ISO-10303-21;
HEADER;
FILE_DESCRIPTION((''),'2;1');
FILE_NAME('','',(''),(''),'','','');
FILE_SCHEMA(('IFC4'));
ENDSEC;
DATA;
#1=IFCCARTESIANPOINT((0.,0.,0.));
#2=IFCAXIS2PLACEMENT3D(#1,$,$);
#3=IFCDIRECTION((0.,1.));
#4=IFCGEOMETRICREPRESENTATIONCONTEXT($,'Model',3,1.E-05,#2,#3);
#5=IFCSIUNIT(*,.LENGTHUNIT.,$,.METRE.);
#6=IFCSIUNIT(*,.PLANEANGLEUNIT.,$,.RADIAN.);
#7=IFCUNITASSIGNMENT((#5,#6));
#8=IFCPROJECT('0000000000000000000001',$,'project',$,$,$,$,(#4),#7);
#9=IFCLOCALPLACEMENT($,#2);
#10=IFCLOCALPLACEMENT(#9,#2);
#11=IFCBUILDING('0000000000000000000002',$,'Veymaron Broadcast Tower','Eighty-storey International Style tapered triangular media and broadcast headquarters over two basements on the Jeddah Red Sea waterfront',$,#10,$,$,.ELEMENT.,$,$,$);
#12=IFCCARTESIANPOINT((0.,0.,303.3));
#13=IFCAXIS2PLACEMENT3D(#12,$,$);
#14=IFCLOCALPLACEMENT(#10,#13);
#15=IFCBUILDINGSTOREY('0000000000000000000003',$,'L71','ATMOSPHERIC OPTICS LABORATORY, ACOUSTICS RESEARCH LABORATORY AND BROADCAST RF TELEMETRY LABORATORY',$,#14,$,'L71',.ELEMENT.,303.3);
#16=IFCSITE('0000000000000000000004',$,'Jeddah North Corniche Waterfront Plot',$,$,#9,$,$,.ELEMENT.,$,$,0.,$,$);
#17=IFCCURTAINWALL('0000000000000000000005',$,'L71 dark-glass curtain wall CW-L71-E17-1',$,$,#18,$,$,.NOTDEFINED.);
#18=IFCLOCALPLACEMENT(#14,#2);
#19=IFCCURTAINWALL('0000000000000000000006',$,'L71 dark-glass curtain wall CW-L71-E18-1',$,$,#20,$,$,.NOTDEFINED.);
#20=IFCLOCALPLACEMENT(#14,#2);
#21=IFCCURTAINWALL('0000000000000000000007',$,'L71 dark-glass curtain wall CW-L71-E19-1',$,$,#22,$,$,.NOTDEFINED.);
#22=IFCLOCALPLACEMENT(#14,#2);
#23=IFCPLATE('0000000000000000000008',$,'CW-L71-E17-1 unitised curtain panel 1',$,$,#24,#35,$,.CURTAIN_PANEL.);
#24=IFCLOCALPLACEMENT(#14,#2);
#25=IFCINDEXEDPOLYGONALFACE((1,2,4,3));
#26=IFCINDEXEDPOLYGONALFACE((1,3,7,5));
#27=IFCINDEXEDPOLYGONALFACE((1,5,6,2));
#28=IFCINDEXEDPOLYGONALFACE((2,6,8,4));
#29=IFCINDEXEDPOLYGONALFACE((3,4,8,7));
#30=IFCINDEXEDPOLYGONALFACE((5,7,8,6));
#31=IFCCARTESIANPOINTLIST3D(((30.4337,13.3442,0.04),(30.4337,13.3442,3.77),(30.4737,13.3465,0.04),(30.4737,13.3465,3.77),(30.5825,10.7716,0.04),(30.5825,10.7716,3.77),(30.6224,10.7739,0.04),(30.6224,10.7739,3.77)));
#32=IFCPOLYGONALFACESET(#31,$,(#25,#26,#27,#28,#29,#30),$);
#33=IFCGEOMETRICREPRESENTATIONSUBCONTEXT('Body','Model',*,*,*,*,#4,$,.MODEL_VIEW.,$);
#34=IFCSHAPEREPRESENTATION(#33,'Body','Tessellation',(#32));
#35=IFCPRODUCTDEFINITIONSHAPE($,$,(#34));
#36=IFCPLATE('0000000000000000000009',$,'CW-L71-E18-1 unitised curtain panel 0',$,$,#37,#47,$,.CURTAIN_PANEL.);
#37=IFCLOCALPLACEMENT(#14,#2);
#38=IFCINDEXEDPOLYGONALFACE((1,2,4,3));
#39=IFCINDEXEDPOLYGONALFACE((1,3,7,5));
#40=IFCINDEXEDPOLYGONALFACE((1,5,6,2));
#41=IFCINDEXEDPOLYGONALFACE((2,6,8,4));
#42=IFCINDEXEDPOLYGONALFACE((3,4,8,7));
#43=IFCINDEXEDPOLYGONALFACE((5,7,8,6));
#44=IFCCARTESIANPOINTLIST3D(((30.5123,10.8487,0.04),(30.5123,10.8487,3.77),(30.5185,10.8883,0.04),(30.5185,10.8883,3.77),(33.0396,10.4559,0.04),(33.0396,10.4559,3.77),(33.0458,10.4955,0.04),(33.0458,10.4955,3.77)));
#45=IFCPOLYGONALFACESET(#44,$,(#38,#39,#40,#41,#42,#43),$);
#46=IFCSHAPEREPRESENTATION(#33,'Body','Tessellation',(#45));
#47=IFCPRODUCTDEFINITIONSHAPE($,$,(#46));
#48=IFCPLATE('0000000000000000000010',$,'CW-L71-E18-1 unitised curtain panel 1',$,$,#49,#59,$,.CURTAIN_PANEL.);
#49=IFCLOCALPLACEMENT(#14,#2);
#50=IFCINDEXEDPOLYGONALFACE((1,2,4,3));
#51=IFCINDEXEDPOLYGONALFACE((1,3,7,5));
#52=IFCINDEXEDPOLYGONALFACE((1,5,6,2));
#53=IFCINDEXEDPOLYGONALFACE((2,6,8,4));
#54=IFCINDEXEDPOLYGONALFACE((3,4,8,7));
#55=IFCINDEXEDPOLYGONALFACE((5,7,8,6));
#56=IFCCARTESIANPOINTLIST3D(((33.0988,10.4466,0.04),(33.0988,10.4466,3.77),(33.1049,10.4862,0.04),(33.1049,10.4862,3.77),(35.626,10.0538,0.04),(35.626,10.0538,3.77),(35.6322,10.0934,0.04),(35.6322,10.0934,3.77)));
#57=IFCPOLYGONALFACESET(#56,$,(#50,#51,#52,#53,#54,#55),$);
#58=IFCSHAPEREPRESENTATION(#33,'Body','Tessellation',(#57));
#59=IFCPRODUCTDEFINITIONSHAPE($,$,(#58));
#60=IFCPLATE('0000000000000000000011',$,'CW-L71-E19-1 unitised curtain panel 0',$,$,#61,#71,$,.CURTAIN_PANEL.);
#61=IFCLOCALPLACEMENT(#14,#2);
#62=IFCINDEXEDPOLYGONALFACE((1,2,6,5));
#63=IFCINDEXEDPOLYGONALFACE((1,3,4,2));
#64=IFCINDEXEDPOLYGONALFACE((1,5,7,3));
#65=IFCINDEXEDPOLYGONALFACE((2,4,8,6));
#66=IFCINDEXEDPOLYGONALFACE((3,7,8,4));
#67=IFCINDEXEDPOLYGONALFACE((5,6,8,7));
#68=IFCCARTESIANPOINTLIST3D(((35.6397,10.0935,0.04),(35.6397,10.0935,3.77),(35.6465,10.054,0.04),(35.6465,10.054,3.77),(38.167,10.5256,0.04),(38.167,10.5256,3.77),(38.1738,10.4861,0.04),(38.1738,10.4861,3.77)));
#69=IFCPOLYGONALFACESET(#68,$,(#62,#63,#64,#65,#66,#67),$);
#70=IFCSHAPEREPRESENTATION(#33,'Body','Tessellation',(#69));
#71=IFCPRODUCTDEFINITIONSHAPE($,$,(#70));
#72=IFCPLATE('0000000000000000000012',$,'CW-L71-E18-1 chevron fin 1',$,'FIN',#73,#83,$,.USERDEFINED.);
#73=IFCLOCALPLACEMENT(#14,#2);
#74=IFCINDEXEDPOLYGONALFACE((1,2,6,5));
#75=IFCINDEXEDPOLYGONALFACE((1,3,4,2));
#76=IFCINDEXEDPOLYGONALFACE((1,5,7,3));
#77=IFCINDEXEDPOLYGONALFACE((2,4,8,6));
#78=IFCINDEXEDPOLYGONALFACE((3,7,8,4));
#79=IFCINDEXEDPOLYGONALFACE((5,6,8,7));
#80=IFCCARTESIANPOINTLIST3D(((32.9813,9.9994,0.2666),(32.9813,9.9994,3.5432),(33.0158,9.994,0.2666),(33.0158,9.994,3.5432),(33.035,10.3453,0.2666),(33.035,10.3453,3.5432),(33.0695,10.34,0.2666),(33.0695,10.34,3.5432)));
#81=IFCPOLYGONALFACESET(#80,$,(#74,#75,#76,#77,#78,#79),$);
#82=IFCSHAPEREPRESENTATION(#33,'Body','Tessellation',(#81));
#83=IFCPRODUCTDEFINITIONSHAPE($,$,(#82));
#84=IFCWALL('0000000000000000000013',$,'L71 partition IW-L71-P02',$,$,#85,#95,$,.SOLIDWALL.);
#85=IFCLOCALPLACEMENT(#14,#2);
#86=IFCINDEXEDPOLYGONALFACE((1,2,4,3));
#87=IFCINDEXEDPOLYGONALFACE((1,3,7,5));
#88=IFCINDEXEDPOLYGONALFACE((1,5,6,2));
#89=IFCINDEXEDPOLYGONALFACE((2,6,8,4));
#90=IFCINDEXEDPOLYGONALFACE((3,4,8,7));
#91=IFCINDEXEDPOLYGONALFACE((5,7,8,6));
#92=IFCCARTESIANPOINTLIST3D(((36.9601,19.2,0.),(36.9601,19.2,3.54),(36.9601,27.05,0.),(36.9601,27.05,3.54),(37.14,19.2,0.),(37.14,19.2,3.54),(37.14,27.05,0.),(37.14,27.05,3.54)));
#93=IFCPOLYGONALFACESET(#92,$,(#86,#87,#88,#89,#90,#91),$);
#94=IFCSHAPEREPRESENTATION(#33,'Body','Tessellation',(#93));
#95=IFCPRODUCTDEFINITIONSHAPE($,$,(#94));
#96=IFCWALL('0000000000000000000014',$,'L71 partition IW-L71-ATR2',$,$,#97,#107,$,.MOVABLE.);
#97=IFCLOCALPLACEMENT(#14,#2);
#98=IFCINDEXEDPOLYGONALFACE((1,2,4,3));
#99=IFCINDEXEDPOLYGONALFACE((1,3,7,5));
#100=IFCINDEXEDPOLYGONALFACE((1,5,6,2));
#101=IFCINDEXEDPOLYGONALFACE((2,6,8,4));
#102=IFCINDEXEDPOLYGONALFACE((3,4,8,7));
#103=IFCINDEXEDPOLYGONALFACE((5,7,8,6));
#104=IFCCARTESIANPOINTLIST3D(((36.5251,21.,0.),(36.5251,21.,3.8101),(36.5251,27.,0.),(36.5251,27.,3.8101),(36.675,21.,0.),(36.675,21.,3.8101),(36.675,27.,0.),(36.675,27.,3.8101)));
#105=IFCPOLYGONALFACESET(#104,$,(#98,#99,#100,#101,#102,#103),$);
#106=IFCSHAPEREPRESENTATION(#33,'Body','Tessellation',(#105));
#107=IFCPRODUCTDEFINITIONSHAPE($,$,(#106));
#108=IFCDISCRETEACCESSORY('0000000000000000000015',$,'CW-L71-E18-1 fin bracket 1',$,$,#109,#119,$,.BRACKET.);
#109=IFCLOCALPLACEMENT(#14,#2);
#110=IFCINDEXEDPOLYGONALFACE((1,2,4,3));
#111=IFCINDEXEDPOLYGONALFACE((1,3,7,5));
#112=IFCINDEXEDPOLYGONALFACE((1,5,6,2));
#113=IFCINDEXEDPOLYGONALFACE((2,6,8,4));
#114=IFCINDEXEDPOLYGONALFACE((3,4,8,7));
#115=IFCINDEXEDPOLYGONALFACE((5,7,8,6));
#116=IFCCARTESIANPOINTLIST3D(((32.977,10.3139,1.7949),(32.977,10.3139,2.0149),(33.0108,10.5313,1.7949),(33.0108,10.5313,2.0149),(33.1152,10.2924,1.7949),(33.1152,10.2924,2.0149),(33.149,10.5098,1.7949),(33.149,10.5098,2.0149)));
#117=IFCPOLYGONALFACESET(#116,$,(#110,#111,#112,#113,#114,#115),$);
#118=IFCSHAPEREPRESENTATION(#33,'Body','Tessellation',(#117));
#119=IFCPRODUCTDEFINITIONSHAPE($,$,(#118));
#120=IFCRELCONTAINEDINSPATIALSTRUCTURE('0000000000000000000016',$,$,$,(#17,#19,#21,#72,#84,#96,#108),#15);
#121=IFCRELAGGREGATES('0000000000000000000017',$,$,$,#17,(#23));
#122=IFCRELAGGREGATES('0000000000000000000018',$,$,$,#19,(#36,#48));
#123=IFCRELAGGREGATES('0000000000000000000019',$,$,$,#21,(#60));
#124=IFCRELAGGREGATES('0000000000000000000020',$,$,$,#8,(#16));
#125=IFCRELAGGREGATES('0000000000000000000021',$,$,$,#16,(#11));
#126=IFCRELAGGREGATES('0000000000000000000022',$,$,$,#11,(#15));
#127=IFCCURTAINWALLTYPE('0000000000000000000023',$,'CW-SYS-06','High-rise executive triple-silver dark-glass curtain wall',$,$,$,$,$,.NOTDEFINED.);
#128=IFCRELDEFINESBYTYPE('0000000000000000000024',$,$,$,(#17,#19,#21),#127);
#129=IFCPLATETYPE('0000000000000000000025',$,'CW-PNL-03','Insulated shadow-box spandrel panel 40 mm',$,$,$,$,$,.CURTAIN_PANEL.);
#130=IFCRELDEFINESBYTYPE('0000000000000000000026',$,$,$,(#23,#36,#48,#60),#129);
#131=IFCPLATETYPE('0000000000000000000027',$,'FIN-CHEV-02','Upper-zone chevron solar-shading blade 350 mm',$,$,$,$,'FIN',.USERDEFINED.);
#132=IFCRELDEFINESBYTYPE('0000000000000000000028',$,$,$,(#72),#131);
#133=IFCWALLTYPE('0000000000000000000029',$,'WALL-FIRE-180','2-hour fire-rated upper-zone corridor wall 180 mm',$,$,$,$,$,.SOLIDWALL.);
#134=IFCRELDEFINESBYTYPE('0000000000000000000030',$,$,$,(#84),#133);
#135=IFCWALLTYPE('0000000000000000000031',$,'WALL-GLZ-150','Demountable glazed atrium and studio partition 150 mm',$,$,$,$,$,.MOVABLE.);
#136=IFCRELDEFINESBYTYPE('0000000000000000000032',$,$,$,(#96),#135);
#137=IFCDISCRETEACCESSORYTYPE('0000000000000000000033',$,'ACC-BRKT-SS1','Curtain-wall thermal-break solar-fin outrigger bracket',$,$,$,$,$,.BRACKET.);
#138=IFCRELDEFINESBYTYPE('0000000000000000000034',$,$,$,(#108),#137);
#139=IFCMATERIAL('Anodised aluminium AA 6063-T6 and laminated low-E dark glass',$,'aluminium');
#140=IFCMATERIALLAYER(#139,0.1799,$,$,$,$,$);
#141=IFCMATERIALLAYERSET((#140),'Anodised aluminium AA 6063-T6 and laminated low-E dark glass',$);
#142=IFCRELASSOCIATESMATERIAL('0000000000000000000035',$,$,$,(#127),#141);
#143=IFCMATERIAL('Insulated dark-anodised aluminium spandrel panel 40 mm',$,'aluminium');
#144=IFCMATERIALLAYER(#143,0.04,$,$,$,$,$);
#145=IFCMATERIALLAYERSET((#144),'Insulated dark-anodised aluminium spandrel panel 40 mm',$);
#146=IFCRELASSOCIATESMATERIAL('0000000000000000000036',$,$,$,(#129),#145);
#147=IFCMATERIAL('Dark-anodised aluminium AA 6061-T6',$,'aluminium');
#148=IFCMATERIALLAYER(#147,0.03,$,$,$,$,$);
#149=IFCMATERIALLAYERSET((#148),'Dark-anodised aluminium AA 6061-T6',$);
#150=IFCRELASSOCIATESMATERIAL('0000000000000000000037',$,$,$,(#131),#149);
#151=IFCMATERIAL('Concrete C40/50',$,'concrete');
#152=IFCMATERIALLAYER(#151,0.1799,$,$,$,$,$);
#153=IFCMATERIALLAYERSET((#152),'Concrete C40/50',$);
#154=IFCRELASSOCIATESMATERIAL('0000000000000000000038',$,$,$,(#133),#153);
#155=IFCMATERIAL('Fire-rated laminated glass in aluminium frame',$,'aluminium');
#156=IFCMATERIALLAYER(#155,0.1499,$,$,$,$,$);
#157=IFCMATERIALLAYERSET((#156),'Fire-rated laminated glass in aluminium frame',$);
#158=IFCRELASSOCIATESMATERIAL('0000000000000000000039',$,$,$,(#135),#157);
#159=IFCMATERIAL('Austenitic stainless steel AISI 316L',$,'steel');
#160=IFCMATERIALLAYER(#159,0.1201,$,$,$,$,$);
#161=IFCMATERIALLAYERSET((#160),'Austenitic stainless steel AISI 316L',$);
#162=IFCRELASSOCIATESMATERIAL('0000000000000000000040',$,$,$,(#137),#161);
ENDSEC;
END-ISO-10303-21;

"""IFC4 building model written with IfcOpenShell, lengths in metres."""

from ifc_helpers import new_model, si_unit, direction, frame, frame_2d, origin, origin_2d, place, context, subcontext, project, spatial, rectangle, extrude, material, layer, layer_set, type_object, element, aggregate, save


model = new_model("IFC4")

# Units and contexts
model_context = context("Model", 3, precision=1e-05, world=origin(), true_north=direction((0.0, 1.0)))
body_context = subcontext(model_context, "Body", "Model", "MODEL_VIEW")
ifc_project = project(units=[si_unit("LENGTHUNIT", "METRE"), si_unit("PLANEANGLEUNIT", "RADIAN")], contexts=[model_context])

# Site, building, storey
site_placement = place(None, origin())
site = spatial("IfcSite", under=ifc_project, at=site_placement, Name="Jeddah North Corniche Waterfront Plot", CompositionType="ELEMENT", RefElevation=0.0)
building_placement = place(site_placement, origin())
building = spatial("IfcBuilding", under=site, at=building_placement, Name="Veymaron Broadcast Tower", Description="Eighty-storey International Style tapered triangular media and broadcast headquarters over two basements on the Jeddah Red Sea waterfront", CompositionType="ELEMENT")
storey_placement = place(building_placement, frame((0.0, 0.0, 303.3)))
storey = spatial("IfcBuildingStorey", under=building, at=storey_placement, Name="L71", Description="ATMOSPHERIC OPTICS LABORATORY, ACOUSTICS RESEARCH LABORATORY AND BROADCAST RF TELEMETRY LABORATORY", LongName="L71", CompositionType="ELEMENT", Elevation=303.3)

# Curtain wall
ifc_material_1 = material(Name="Anodised aluminium AA 6063-T6 and laminated low-E dark glass", Category="aluminium")
ifc_layer_1 = layer(ifc_material_1, 0.1799)
ifc_layer_set_1 = layer_set([ifc_layer_1], Name="Anodised aluminium AA 6063-T6 and laminated low-E dark glass")
curtain_wall_type = type_object("IfcCurtainWallType", Name="CW-SYS-06", Description="High-rise executive triple-silver dark-glass curtain wall", PredefinedType="NOTDEFINED", material=ifc_layer_set_1)
curtain_wall_1_placement = place(storey_placement, origin())
curtain_wall_1 = element("IfcCurtainWall", 1, at=curtain_wall_1_placement, inside=storey, type_object=curtain_wall_type, Name="L71 dark-glass curtain wall CW-L71-E17-1", PredefinedType="NOTDEFINED")

# Curtain wall
curtain_wall_2_placement = place(storey_placement, origin())
curtain_wall_2 = element("IfcCurtainWall", 2, at=curtain_wall_2_placement, inside=storey, type_object=curtain_wall_type, Name="L71 dark-glass curtain wall CW-L71-E18-1", PredefinedType="NOTDEFINED")

# Curtain wall
curtain_wall_3_placement = place(storey_placement, origin())
curtain_wall_3 = element("IfcCurtainWall", 3, at=curtain_wall_3_placement, inside=storey, type_object=curtain_wall_type, Name="L71 dark-glass curtain wall CW-L71-E19-1", PredefinedType="NOTDEFINED")

# Plates
ifc_material_2 = material(Name="Insulated dark-anodised aluminium spandrel panel 40 mm", Category="aluminium")
ifc_layer_2 = layer(ifc_material_2, 0.04)
ifc_layer_set_2 = layer_set([ifc_layer_2], Name="Insulated dark-anodised aluminium spandrel panel 40 mm")
plate_type_1 = type_object("IfcPlateType", Name="CW-PNL-03", Description="Insulated shadow-box spandrel panel 40 mm", PredefinedType="CURTAIN_PANEL", material=ifc_layer_set_2)
plate_1_placement = place(storey_placement, frame((30.5281, 12.0591, 0.04), z_axis=(0.0, 0.0, 1.0), x_axis=(0.057721, -0.998333, 0.0)))
plate_1 = element("IfcPlate", 4, at=plate_1_placement, type_object=plate_type_1, Name="CW-L71-E17-1 unitised curtain panel 1", PredefinedType="CURTAIN_PANEL", context=body_context, shape_type="SweptSolid", body=[
    extrude(rectangle(XDim=2.5769, YDim=0.04, at=origin_2d()), origin(), (0.0, 0.0, 1.0), 3.73),
])
aggregate(curtain_wall_1, [plate_1])
plate_2_placement = place(storey_placement, frame((31.7791, 10.6721, 0.04), z_axis=(0.0, 0.0, 1.0), x_axis=(0.988135, -0.153589, 0.0)))
plate_2 = element("IfcPlate", 5, at=plate_2_placement, type_object=plate_type_1, Name="CW-L71-E18-1 unitised curtain panel 0", PredefinedType="CURTAIN_PANEL", context=body_context, shape_type="SweptSolid", body=[
    extrude(rectangle(XDim=2.5576, YDim=0.04, at=origin_2d()), origin(), (0.0, 0.0, 1.0), 3.73),
])
plate_3_placement = place(storey_placement, frame((34.3655, 10.27, 0.04), z_axis=(0.0, 0.0, 1.0), x_axis=(0.988135, -0.153589, 0.0)))
plate_3 = element("IfcPlate", 6, at=plate_3_placement, type_object=plate_type_1, Name="CW-L71-E18-1 unitised curtain panel 1", PredefinedType="CURTAIN_PANEL", context=body_context, shape_type="SweptSolid", body=[
    extrude(rectangle(XDim=2.5576, YDim=0.04, at=origin_2d()), origin(), (0.0, 0.0, 1.0), 3.73),
])
aggregate(curtain_wall_2, [plate_2, plate_3])
plate_4_placement = place(storey_placement, frame((36.9067, 10.2898, 0.04), z_axis=(0.0, 0.0, 1.0), x_axis=(0.985698, 0.168524, 0.0)))
plate_4 = element("IfcPlate", 7, at=plate_4_placement, type_object=plate_type_1, Name="CW-L71-E19-1 unitised curtain panel 0", PredefinedType="CURTAIN_PANEL", context=body_context, shape_type="SweptSolid", body=[
    extrude(rectangle(XDim=2.564, YDim=0.04, at=origin_2d()), origin(), (0.0, 0.0, 1.0), 3.73),
])
aggregate(curtain_wall_3, [plate_4])
ifc_material_3 = material(Name="Dark-anodised aluminium AA 6061-T6", Category="aluminium")
ifc_layer_3 = layer(ifc_material_3, 0.03)
ifc_layer_set_3 = layer_set([ifc_layer_3], Name="Dark-anodised aluminium AA 6061-T6")
plate_type_2 = type_object("IfcPlateType", Name="FIN-CHEV-02", Description="Upper-zone chevron solar-shading blade 350 mm", ElementType="FIN", PredefinedType="USERDEFINED", material=ifc_layer_set_3)
plate_5_placement = place(storey_placement, frame((33.0254, 10.1697, 0.2666), z_axis=(0.0, 0.0, 1.0), x_axis=(-0.153589, -0.988135, 0.0)))
element("IfcPlate", 8, at=plate_5_placement, inside=storey, type_object=plate_type_2, Name="CW-L71-E18-1 chevron fin 1", ObjectType="FIN", PredefinedType="USERDEFINED", context=body_context, shape_type="SweptSolid", body=[
    extrude(rectangle(XDim=0.3501, YDim=0.0349, at=origin_2d()), origin(), (0.0, 0.0, 1.0), 3.2766),
])

# Walls
ifc_material_4 = material(Name="Concrete C40/50", Category="concrete")
ifc_layer_4 = layer(ifc_material_4, 0.1799)
ifc_layer_set_4 = layer_set([ifc_layer_4], Name="Concrete C40/50")
wall_type_1 = type_object("IfcWallType", Name="WALL-FIRE-180", Description="2-hour fire-rated upper-zone corridor wall 180 mm", PredefinedType="SOLIDWALL", material=ifc_layer_set_4)
wall_1_placement = place(storey_placement, frame((37.05, 19.2, 0.0), z_axis=(0.0, 0.0, 1.0), x_axis=(0.0, 1.0, 0.0)))
element("IfcWall", 9, at=wall_1_placement, inside=storey, type_object=wall_type_1, Name="L71 partition IW-L71-P02", PredefinedType="SOLIDWALL", context=body_context, shape_type="SweptSolid", body=[
    extrude(rectangle(XDim=7.8501, YDim=0.1799, at=frame_2d((3.925, 0.0))), origin(), (0.0, 0.0, 1.0), 3.54),
])
ifc_material_5 = material(Name="Fire-rated laminated glass in aluminium frame", Category="aluminium")
ifc_layer_5 = layer(ifc_material_5, 0.1499)
ifc_layer_set_5 = layer_set([ifc_layer_5], Name="Fire-rated laminated glass in aluminium frame")
wall_type_2 = type_object("IfcWallType", Name="WALL-GLZ-150", Description="Demountable glazed atrium and studio partition 150 mm", PredefinedType="MOVABLE", material=ifc_layer_set_5)
wall_2_placement = place(storey_placement, frame((36.6001, 21.0, 0.0), z_axis=(0.0, 0.0, 1.0), x_axis=(0.0, 1.0, 0.0)))
element("IfcWall", 10, at=wall_2_placement, inside=storey, type_object=wall_type_2, Name="L71 partition IW-L71-ATR2", PredefinedType="MOVABLE", context=body_context, shape_type="SweptSolid", body=[
    extrude(rectangle(XDim=6.0, YDim=0.1499, at=frame_2d((3.0, 0.0))), origin(), (0.0, 0.0, 1.0), 3.8101),
])

# Discrete accessory
ifc_material_6 = material(Name="Austenitic stainless steel AISI 316L", Category="steel")
ifc_layer_6 = layer(ifc_material_6, 0.1201)
ifc_layer_set_6 = layer_set([ifc_layer_6], Name="Austenitic stainless steel AISI 316L")
discrete_accessory_type = type_object("IfcDiscreteAccessoryType", Name="ACC-BRKT-SS1", Description="Curtain-wall thermal-break solar-fin outrigger bracket", PredefinedType="BRACKET", material=ifc_layer_set_6)
discrete_accessory_placement = place(storey_placement, frame((33.063, 10.4119, 1.7949), z_axis=(0.0, 0.0, 1.0), x_axis=(-0.153589, -0.988135, 0.0)))
element("IfcDiscreteAccessory", 11, at=discrete_accessory_placement, inside=storey, type_object=discrete_accessory_type, Name="CW-L71-E18-1 fin bracket 1", PredefinedType="BRACKET", context=body_context, shape_type="SweptSolid", body=[
    extrude(rectangle(XDim=0.22, YDim=0.1399, at=origin_2d()), origin(), (0.0, 0.0, 1.0), 0.22),
])

save(model, "model.ifc")
